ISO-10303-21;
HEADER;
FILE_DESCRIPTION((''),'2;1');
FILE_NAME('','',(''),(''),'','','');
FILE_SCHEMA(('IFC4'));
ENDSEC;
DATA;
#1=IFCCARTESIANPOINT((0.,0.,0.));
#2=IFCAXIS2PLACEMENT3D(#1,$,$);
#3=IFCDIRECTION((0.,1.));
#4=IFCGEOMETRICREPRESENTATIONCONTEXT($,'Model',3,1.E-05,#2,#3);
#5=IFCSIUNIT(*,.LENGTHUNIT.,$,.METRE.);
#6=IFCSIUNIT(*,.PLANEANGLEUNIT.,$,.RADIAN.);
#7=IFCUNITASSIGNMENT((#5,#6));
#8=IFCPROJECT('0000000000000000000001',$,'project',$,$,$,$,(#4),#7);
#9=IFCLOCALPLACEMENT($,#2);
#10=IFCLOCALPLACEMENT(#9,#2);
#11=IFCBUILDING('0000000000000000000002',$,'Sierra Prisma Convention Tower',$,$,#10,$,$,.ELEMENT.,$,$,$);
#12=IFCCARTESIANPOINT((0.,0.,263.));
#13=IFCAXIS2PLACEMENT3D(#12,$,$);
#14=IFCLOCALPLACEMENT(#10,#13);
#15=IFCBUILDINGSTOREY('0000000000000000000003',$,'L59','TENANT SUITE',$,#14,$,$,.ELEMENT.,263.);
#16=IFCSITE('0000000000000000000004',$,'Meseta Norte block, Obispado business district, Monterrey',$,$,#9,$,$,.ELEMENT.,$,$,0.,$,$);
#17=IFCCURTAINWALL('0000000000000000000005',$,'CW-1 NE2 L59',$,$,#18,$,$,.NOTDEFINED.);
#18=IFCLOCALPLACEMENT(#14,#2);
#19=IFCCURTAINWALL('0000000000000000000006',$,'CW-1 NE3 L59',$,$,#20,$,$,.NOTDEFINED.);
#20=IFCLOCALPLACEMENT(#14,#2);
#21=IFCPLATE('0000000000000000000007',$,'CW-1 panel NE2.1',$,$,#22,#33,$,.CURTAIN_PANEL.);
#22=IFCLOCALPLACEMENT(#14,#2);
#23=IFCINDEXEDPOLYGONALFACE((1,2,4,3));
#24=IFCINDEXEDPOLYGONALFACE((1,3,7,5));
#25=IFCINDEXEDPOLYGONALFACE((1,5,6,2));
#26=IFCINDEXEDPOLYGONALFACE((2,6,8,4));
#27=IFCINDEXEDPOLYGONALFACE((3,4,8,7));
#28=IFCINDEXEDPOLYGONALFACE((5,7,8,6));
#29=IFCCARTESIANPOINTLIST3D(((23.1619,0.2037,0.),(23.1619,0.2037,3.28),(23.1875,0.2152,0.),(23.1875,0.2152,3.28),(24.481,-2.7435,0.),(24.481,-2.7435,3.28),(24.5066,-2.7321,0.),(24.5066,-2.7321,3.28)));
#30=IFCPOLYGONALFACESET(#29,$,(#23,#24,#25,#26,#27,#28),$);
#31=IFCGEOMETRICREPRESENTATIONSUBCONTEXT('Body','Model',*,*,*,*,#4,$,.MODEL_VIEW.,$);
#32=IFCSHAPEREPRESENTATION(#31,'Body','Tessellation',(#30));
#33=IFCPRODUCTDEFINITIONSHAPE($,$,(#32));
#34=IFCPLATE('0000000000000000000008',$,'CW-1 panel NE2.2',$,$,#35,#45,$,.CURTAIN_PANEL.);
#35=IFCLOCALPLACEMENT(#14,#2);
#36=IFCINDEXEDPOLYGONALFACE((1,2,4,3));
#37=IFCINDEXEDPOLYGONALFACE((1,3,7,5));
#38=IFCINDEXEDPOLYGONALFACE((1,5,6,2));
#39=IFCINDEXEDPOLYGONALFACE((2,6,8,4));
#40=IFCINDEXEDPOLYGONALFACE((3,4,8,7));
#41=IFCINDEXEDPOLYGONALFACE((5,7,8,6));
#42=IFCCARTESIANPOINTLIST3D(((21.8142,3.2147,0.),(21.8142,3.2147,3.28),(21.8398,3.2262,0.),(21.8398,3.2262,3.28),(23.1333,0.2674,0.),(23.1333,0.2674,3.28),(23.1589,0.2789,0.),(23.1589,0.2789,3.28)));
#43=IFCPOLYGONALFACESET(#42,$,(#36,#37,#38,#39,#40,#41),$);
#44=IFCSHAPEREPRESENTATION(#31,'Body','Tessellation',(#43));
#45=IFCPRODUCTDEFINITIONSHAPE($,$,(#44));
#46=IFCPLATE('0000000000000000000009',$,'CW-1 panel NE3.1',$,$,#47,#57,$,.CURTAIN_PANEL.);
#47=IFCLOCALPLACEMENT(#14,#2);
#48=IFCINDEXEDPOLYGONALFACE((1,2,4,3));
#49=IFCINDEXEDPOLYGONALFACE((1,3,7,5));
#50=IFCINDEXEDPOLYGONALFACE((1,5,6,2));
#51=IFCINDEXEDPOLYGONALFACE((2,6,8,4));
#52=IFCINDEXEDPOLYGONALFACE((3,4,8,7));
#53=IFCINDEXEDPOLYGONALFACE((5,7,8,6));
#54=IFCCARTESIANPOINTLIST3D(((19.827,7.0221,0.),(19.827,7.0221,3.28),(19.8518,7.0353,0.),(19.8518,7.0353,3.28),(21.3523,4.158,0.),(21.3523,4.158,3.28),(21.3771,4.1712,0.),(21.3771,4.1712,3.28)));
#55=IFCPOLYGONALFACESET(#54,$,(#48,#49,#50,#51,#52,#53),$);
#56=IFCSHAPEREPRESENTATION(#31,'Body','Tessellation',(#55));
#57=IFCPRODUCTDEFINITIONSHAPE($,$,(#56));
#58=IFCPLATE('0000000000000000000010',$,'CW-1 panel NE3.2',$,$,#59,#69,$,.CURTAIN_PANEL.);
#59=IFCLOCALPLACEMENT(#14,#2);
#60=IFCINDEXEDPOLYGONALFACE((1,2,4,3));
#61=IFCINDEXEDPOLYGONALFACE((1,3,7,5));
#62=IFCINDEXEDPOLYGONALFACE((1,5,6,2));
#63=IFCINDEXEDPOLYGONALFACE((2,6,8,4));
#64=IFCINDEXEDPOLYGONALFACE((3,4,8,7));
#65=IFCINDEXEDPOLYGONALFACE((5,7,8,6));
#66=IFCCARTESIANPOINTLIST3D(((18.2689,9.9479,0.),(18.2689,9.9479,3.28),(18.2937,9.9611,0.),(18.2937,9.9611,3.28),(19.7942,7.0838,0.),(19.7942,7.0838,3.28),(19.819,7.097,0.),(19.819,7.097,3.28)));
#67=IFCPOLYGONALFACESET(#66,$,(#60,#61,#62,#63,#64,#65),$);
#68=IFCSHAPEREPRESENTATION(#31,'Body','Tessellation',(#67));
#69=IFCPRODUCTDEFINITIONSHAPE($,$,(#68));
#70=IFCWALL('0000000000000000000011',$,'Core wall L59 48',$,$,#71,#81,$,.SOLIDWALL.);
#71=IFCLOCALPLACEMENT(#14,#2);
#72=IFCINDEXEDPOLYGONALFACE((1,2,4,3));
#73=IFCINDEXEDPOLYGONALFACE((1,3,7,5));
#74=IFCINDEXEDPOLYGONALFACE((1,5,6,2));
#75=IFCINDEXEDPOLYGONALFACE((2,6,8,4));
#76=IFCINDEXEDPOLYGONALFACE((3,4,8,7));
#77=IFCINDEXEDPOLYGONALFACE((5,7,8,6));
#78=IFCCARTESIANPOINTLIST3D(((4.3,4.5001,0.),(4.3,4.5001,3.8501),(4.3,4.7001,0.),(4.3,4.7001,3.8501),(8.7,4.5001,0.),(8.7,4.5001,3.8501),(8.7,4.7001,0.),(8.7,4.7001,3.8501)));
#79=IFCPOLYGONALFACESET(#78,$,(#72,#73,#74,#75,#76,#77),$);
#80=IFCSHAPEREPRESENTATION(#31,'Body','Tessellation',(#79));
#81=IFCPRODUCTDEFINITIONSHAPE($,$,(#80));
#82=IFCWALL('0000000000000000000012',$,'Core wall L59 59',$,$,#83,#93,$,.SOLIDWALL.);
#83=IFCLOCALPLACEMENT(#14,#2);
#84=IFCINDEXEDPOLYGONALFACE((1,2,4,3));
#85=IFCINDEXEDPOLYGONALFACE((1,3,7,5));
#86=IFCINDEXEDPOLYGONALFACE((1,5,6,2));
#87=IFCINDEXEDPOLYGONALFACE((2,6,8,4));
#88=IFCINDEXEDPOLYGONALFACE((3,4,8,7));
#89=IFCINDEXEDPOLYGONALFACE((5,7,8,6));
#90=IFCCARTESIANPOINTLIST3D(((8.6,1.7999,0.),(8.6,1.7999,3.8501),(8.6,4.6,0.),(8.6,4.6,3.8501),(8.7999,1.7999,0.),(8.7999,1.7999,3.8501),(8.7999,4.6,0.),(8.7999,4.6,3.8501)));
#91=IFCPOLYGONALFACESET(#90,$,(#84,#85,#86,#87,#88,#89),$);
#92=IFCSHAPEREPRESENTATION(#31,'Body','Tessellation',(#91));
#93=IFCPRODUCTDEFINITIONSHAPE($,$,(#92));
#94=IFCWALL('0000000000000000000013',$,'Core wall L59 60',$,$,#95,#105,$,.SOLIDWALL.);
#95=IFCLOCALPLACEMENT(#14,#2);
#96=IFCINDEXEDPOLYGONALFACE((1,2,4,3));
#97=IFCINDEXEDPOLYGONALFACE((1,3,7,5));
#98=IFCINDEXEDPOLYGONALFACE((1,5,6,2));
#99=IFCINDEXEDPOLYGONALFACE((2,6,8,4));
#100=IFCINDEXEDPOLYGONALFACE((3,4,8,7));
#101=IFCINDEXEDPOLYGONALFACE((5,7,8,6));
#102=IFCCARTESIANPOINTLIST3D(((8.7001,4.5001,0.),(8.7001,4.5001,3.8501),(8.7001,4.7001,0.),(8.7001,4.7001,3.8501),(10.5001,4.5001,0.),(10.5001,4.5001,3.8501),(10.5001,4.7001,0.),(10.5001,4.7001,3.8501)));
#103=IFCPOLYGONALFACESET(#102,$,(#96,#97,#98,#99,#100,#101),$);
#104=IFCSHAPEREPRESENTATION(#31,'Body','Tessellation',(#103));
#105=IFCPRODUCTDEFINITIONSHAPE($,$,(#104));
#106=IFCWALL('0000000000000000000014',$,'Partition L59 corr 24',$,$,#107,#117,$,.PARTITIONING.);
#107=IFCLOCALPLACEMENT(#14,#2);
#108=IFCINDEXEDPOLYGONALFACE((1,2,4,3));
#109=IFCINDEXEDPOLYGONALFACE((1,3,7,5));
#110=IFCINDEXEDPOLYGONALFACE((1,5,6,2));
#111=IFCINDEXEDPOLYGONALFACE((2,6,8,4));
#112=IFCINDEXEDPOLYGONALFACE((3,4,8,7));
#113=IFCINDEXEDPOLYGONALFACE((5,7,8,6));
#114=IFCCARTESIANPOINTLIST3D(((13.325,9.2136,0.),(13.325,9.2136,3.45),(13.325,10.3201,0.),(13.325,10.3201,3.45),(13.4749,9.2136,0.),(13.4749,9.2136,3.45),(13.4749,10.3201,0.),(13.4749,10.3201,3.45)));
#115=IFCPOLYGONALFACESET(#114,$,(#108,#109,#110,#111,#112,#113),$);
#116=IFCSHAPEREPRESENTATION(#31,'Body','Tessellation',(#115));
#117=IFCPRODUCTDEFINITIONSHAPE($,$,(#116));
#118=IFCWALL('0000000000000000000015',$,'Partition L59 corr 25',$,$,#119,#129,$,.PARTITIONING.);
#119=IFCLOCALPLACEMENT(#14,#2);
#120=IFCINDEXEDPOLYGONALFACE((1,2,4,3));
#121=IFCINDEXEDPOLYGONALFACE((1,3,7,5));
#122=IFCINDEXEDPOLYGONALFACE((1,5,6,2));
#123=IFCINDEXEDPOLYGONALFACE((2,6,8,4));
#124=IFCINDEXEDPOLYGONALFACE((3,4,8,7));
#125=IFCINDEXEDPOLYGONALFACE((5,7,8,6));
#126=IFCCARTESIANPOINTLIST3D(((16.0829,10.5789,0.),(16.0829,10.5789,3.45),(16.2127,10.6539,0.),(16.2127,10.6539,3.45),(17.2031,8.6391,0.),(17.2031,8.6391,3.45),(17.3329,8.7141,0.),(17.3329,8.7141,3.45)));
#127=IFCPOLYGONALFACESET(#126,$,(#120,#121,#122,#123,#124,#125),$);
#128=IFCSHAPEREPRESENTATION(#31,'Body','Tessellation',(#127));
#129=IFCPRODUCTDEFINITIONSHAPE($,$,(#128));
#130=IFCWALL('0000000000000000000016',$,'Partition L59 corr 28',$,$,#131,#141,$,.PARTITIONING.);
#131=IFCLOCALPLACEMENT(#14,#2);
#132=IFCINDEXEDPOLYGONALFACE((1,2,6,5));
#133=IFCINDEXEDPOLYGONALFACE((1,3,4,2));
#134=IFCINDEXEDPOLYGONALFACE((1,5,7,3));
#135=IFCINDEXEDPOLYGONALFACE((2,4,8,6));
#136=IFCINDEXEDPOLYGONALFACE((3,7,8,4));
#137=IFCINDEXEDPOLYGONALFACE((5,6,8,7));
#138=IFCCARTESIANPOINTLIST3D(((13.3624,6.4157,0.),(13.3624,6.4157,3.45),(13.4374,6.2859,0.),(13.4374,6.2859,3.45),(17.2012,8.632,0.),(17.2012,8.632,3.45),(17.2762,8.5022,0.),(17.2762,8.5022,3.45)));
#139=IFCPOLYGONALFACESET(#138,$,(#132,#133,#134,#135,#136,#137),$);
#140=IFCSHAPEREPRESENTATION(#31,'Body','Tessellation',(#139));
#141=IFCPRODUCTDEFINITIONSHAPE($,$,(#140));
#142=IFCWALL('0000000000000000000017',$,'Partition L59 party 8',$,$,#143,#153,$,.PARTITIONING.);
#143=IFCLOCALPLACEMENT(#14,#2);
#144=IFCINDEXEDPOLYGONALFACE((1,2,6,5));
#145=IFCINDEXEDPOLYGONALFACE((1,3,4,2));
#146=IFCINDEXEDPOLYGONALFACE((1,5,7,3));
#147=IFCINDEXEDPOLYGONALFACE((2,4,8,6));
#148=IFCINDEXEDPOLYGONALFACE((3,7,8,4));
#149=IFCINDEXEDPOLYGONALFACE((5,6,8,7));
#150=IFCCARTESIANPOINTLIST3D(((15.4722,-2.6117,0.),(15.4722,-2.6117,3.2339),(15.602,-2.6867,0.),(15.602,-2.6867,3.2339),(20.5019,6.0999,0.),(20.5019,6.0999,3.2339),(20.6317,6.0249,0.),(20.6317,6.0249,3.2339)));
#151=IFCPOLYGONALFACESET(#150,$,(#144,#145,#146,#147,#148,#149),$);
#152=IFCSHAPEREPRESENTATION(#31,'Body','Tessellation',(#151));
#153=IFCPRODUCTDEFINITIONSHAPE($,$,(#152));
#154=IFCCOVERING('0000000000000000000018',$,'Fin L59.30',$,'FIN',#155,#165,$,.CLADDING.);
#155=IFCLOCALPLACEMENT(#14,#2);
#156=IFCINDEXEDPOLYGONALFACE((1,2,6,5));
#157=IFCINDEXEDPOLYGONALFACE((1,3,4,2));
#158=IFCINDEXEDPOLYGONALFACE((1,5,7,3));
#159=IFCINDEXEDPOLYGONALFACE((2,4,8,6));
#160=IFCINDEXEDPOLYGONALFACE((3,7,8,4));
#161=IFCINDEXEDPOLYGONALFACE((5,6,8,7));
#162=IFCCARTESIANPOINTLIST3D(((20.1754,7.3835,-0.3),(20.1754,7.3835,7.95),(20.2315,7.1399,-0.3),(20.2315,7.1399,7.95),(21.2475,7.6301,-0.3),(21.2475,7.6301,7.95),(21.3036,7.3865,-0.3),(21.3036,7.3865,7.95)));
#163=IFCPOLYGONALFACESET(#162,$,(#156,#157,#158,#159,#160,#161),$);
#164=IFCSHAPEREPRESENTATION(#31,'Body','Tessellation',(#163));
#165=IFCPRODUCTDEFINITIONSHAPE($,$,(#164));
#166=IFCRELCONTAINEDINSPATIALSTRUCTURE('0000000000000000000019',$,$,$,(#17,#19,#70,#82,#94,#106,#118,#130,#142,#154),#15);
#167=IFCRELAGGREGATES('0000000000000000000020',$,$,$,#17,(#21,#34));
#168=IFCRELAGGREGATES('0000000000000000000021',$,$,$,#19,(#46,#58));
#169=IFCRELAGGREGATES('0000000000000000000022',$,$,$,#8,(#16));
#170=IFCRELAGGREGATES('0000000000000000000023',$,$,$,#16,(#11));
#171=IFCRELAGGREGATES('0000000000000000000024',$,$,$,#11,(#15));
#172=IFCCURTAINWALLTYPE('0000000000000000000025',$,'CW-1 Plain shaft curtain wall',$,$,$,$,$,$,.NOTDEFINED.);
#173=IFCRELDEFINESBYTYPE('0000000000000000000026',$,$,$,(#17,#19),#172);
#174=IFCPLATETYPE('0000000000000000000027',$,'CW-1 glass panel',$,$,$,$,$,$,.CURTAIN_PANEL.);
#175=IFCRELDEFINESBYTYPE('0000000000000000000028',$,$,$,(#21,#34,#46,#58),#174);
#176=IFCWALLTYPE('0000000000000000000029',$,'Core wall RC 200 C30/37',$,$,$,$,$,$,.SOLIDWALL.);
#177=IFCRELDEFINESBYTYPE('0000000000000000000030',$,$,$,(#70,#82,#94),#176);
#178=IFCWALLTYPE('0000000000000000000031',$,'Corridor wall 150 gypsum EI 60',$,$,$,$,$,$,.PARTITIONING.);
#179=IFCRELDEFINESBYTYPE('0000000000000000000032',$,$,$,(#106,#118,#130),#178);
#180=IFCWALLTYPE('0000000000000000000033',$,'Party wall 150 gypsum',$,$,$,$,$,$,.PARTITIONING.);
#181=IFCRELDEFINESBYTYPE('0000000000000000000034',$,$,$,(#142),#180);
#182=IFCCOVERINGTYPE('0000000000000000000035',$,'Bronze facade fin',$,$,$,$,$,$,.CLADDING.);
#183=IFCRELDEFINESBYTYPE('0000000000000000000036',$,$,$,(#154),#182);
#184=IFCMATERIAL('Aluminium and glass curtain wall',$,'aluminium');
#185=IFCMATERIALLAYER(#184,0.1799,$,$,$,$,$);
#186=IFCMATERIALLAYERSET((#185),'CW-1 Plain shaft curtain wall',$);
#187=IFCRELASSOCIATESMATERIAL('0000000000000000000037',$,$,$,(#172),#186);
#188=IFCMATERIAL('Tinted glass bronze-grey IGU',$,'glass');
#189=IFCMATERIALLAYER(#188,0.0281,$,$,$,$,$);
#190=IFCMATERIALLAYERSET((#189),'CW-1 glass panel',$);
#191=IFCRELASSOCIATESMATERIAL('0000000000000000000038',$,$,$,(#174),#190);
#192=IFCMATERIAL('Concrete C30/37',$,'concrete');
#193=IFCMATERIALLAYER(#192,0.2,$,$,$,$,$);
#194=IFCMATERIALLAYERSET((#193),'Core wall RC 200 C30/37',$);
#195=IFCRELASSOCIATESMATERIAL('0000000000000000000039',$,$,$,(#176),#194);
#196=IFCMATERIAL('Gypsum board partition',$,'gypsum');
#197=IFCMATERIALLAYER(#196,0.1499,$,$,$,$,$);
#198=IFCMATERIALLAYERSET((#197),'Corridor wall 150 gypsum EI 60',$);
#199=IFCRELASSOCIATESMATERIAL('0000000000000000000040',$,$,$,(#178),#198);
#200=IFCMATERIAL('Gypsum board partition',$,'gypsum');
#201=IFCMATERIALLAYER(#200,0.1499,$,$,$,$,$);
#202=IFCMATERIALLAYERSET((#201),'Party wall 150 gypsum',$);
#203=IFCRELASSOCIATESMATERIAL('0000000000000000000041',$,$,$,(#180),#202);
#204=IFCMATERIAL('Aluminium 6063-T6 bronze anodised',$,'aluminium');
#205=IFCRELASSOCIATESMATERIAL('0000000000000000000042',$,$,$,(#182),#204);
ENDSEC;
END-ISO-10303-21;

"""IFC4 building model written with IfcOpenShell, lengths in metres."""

from ifc_helpers import new_model, si_unit, direction, frame, frame_2d, origin, origin_2d, place, context, subcontext, project, spatial, rectangle, extrude, material, layer, layer_set, material_profile, profile_set, type_object, element, aggregate, save


model = new_model("IFC4")

# Units and contexts
model_context = context("Model", 3, precision=1e-05, world=origin(), true_north=direction((0.0, 1.0)))
body_context = subcontext(model_context, "Body", "Model", "MODEL_VIEW")
ifc_project = project(units=[si_unit("LENGTHUNIT", "METRE"), si_unit("PLANEANGLEUNIT", "RADIAN")], contexts=[model_context])

# Site, building, storey
site_placement = place(None, origin())
site = spatial("IfcSite", under=ifc_project, at=site_placement, Name="Meseta Norte block, Obispado business district, Monterrey", CompositionType="ELEMENT", RefElevation=0.0)
building_placement = place(site_placement, origin())
building = spatial("IfcBuilding", under=site, at=building_placement, Name="Sierra Prisma Convention Tower", CompositionType="ELEMENT")
storey_placement = place(building_placement, frame((0.0, 0.0, 263.0)))
storey = spatial("IfcBuildingStorey", under=building, at=storey_placement, Name="L59", Description="TENANT SUITE", CompositionType="ELEMENT", Elevation=263.0)

# Curtain wall
ifc_material_1 = material(Name="Aluminium and glass curtain wall", Category="aluminium")
ifc_layer_1 = layer(ifc_material_1, 0.1799)
ifc_layer_set_1 = layer_set([ifc_layer_1], Name="CW-1 Plain shaft curtain wall")
curtain_wall_type = type_object("IfcCurtainWallType", Name="CW-1 Plain shaft curtain wall", PredefinedType="NOTDEFINED", material=ifc_layer_set_1)
curtain_wall_1_placement = place(storey_placement, origin())
curtain_wall_1 = element("IfcCurtainWall", 1, at=curtain_wall_1_placement, inside=storey, type_object=curtain_wall_type, Name="CW-1 NE2 L59", PredefinedType="NOTDEFINED")

# Curtain wall
curtain_wall_2_placement = place(storey_placement, origin())
curtain_wall_2 = element("IfcCurtainWall", 2, at=curtain_wall_2_placement, inside=storey, type_object=curtain_wall_type, Name="CW-1 NE3 L59", PredefinedType="NOTDEFINED")

# Plates
ifc_material_2 = material(Name="Tinted glass bronze-grey IGU", Category="glass")
ifc_layer_2 = layer(ifc_material_2, 0.0281)
ifc_layer_set_2 = layer_set([ifc_layer_2], Name="CW-1 glass panel")
plate_type = type_object("IfcPlateType", Name="CW-1 glass panel", PredefinedType="CURTAIN_PANEL", material=ifc_layer_set_2)
plate_1_placement = place(storey_placement, frame((23.8342, -1.2642, 0.0), z_axis=(0.0, 0.0, 1.0), x_axis=(-0.408509, 0.912754, 0.0)))
plate_1 = element("IfcPlate", 3, at=plate_1_placement, type_object=plate_type, Name="CW-1 panel NE2.1", PredefinedType="CURTAIN_PANEL", context=body_context, shape_type="SweptSolid", body=[
    extrude(rectangle(XDim=3.229, YDim=0.0281, at=origin_2d()), origin(), (0.0, 0.0, 1.0), 3.28),
])
plate_2_placement = place(storey_placement, frame((22.4866, 1.7468, 0.0), z_axis=(0.0, 0.0, 1.0), x_axis=(-0.408509, 0.912754, 0.0)))
plate_2 = element("IfcPlate", 4, at=plate_2_placement, type_object=plate_type, Name="CW-1 panel NE2.2", PredefinedType="CURTAIN_PANEL", context=body_context, shape_type="SweptSolid", body=[
    extrude(rectangle(XDim=3.229, YDim=0.0281, at=origin_2d()), origin(), (0.0, 0.0, 1.0), 3.28),
])
aggregate(curtain_wall_1, [plate_1, plate_2])
plate_3_placement = place(storey_placement, frame((20.6021, 5.5967, 0.0), z_axis=(0.0, 0.0, 1.0), x_axis=(-0.470043, 0.882644, 0.0)))
plate_3 = element("IfcPlate", 5, at=plate_3_placement, type_object=plate_type, Name="CW-1 panel NE3.1", PredefinedType="CURTAIN_PANEL", context=body_context, shape_type="SweptSolid", body=[
    extrude(rectangle(XDim=3.2449, YDim=0.0281, at=origin_2d()), origin(), (0.0, 0.0, 1.0), 3.28),
])
plate_4_placement = place(storey_placement, frame((19.0439, 8.5225, 0.0), z_axis=(0.0, 0.0, 1.0), x_axis=(-0.470043, 0.882644, 0.0)))
plate_4 = element("IfcPlate", 6, at=plate_4_placement, type_object=plate_type, Name="CW-1 panel NE3.2", PredefinedType="CURTAIN_PANEL", context=body_context, shape_type="SweptSolid", body=[
    extrude(rectangle(XDim=3.2449, YDim=0.0281, at=origin_2d()), origin(), (0.0, 0.0, 1.0), 3.28),
])
aggregate(curtain_wall_2, [plate_3, plate_4])

# Wall
ifc_material_3 = material(Name="Concrete C30/37", Category="concrete")
ifc_layer_3 = layer(ifc_material_3, 0.2)
ifc_layer_set_3 = layer_set([ifc_layer_3], Name="Core wall RC 200 C30/37")
wall_type_1 = type_object("IfcWallType", Name="Core wall RC 200 C30/37", PredefinedType="SOLIDWALL", material=ifc_layer_set_3)
wall_1_placement = place(storey_placement, frame((8.7, 4.6001, 0.0), z_axis=(0.0, 0.0, 1.0), x_axis=(-1.0, 0.0, 0.0)))
element("IfcWall", 7, at=wall_1_placement, inside=storey, type_object=wall_type_1, Name="Core wall L59 48", PredefinedType="SOLIDWALL", context=body_context, shape_type="SweptSolid", body=[
    extrude(rectangle(XDim=4.3999, YDim=0.2, at=frame_2d((2.2, 0.0))), origin(), (0.0, 0.0, 1.0), 3.8501),
])

# Walls
wall_2_placement = place(storey_placement, frame((8.7, 1.8, 0.0), z_axis=(0.0, 0.0, 1.0), x_axis=(0.0, 1.0, 0.0)))
element("IfcWall", 8, at=wall_2_placement, inside=storey, type_object=wall_type_1, Name="Core wall L59 59", PredefinedType="SOLIDWALL", context=body_context, shape_type="SweptSolid", body=[
    extrude(rectangle(XDim=2.8, YDim=0.2, at=frame_2d((1.3999, 0.0))), origin(), (0.0, 0.0, 1.0), 3.8501),
])
wall_3_placement = place(storey_placement, frame((10.5, 4.6001, 0.0), z_axis=(0.0, 0.0, 1.0), x_axis=(-1.0, 0.0, 0.0)))
element("IfcWall", 9, at=wall_3_placement, inside=storey, type_object=wall_type_1, Name="Core wall L59 60", PredefinedType="SOLIDWALL", context=body_context, shape_type="SweptSolid", body=[
    extrude(rectangle(XDim=1.8, YDim=0.2, at=frame_2d((0.8999, 0.0))), origin(), (0.0, 0.0, 1.0), 3.8501),
])
ifc_material_4 = material(Name="Gypsum board partition", Category="gypsum")
ifc_layer_4 = layer(ifc_material_4, 0.1499)
ifc_layer_set_4 = layer_set([ifc_layer_4], Name="Corridor wall 150 gypsum EI 60")
wall_type_2 = type_object("IfcWallType", Name="Corridor wall 150 gypsum EI 60", PredefinedType="PARTITIONING", material=ifc_layer_set_4)
wall_4_placement = place(storey_placement, frame((13.3999, 9.2136, 0.0), z_axis=(0.0, 0.0, 1.0), x_axis=(0.0, 1.0, 0.0)))
element("IfcWall", 10, at=wall_4_placement, inside=storey, type_object=wall_type_2, Name="Partition L59 corr 24", PredefinedType="PARTITIONING", context=body_context, shape_type="SweptSolid", body=[
    extrude(rectangle(XDim=1.1064, YDim=0.1499, at=frame_2d((0.5532, 0.0))), origin(), (0.0, 0.0, 1.0), 3.45),
])
wall_5_placement = place(storey_placement, frame((17.2681, 8.6765, 0.0), z_axis=(0.0, 0.0, 1.0), x_axis=(-0.500078, 0.86598, 0.0)))
element("IfcWall", 11, at=wall_5_placement, inside=storey, type_object=wall_type_2, Name="Partition L59 corr 25", PredefinedType="PARTITIONING", context=body_context, shape_type="SweptSolid", body=[
    extrude(rectangle(XDim=2.24, YDim=0.1499, at=frame_2d((1.1201, 0.0))), origin(), (0.0, 0.0, 1.0), 3.45),
])
wall_6_placement = place(storey_placement, frame((13.3999, 6.3508, 0.0), z_axis=(0.0, 0.0, 1.0), x_axis=(0.866032, 0.499989, 0.0)))
element("IfcWall", 12, at=wall_6_placement, inside=storey, type_object=wall_type_2, Name="Partition L59 corr 28", PredefinedType="PARTITIONING", context=body_context, shape_type="SweptSolid", body=[
    extrude(rectangle(XDim=4.4326, YDim=0.1499, at=frame_2d((2.2163, 0.0))), origin(), (0.0, 0.0, 1.0), 3.45),
])
ifc_material_5 = material(Name="Gypsum board partition", Category="gypsum")
ifc_layer_5 = layer(ifc_material_5, 0.1499)
ifc_layer_set_5 = layer_set([ifc_layer_5], Name="Party wall 150 gypsum")
wall_type_3 = type_object("IfcWallType", Name="Party wall 150 gypsum", PredefinedType="PARTITIONING", material=ifc_layer_set_5)
wall_7_placement = place(storey_placement, frame((20.5669, 6.0625, 0.0), z_axis=(0.0, 0.0, 1.0), x_axis=(-0.500007, -0.866021, 0.0)))
element("IfcWall", 13, at=wall_7_placement, inside=storey, type_object=wall_type_3, Name="Partition L59 party 8", PredefinedType="PARTITIONING", context=body_context, shape_type="SweptSolid", body=[
    extrude(rectangle(XDim=10.0593, YDim=0.1499, at=frame_2d((5.0298, 0.0))), origin(), (0.0, 0.0, 1.0), 3.2339),
])

# Covering
ifc_material_6 = material(Name="Aluminium 6063-T6 bronze anodised", Category="aluminium")
ifc_material_profile_1 = material_profile(ifc_material_6, rectangle(XDim=1.1001, YDim=0.25, at=origin_2d()), Name="ALU FIN 1100x250")
ifc_profile_set_1 = profile_set([ifc_material_profile_1], Name="Aluminium 6063-T6 bronze anodised")
covering_type = type_object("IfcCoveringType", Name="Bronze facade fin", PredefinedType="CLADDING", material=ifc_profile_set_1)
covering_placement = place(storey_placement, frame((20.7395, 7.385, -0.3), z_axis=(0.0, 0.0, 1.0), x_axis=(0.974559, 0.22413, 0.0)))
element("IfcCovering", 14, at=covering_placement, inside=storey, type_object=covering_type, Name="Fin L59.30", ObjectType="FIN", PredefinedType="CLADDING", context=body_context, shape_type="SweptSolid", body=[
    extrude(rectangle(XDim=1.1001, YDim=0.25, at=origin_2d()), origin(), (0.0, 0.0, 1.0), 8.25),
])

save(model, "model.ifc")
